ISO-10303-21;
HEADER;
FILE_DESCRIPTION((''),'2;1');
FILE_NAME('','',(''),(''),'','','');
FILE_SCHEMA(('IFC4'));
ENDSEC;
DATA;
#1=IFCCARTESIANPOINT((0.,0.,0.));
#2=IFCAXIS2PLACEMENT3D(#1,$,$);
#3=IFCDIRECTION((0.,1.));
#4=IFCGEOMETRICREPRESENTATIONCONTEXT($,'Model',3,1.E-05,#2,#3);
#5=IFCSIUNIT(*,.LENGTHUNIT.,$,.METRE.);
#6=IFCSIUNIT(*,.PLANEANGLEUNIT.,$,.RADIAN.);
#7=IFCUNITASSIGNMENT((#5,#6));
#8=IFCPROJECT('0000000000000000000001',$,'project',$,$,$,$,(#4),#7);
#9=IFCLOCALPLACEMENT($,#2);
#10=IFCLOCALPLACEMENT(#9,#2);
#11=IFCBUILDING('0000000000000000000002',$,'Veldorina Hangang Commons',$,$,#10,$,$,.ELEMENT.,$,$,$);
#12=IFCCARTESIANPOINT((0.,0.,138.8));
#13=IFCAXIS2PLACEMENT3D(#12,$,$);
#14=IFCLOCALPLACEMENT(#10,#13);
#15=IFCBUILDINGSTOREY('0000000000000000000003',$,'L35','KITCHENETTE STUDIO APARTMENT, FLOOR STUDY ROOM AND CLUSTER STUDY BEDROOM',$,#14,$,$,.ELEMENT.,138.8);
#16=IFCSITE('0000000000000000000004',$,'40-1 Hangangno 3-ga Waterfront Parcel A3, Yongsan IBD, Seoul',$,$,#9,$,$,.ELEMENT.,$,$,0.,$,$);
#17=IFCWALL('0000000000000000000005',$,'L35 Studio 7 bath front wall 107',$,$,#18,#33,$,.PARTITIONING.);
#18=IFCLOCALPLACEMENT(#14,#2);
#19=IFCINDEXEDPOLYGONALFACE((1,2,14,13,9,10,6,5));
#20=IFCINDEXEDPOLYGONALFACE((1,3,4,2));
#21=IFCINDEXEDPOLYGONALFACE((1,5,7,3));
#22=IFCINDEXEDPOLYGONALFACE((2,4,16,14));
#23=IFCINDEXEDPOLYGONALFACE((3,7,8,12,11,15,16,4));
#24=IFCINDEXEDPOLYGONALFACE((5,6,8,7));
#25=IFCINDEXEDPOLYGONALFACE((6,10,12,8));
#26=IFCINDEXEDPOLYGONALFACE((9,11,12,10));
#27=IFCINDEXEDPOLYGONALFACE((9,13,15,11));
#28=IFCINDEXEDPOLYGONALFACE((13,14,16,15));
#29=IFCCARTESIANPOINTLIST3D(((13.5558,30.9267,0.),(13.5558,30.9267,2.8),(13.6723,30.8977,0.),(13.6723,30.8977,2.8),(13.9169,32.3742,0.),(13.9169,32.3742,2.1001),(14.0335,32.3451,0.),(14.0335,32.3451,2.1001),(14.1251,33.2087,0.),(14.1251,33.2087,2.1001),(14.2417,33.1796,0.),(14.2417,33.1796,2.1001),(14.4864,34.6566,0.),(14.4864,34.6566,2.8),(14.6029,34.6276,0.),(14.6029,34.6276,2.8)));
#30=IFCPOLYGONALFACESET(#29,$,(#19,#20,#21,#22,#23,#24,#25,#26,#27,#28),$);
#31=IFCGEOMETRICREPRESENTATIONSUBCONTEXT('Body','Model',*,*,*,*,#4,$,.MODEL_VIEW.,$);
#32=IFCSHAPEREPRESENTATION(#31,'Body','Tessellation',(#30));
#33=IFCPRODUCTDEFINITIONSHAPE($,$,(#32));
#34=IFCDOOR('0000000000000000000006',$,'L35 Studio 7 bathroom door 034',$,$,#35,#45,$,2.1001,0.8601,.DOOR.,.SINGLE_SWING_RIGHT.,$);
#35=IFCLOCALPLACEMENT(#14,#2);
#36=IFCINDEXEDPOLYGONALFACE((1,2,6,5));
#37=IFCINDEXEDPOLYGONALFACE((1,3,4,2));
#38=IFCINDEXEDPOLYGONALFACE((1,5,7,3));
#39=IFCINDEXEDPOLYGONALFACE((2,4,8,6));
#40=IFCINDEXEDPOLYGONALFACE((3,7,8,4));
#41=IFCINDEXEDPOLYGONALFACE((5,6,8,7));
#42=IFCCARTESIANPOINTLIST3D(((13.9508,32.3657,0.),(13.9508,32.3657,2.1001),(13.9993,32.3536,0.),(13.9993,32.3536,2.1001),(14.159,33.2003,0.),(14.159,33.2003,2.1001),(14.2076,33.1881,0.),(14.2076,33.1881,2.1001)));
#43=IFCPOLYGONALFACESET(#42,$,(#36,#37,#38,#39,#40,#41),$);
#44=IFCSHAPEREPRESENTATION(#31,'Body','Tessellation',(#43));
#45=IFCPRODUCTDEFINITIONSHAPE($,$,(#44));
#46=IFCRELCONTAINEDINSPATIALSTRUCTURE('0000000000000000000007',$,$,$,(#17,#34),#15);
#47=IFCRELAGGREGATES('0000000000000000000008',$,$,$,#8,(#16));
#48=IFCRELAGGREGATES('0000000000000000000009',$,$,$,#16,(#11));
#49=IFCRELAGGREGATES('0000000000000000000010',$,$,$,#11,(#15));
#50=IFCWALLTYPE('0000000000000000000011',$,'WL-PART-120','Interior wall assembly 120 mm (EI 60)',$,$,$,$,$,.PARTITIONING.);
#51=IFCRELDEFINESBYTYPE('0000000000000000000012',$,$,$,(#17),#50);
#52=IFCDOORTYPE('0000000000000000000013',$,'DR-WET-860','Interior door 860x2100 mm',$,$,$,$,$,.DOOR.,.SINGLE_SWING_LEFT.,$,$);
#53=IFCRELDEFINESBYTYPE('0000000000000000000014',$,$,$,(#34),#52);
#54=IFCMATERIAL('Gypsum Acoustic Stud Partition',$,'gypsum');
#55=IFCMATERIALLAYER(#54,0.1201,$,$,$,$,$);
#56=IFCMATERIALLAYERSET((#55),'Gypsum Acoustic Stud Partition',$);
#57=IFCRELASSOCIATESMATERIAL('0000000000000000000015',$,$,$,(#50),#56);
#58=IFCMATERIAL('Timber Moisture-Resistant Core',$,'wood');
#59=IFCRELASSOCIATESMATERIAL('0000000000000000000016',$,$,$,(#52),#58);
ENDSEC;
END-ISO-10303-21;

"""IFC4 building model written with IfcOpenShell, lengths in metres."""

from ifc_helpers import new_model, si_unit, direction, frame, frame_2d, origin, place, context, subcontext, project, spatial, rectangle, extrude, material, layer, layer_set, type_object, element, fill, save


model = new_model("IFC4")

# Units and contexts
model_context = context("Model", 3, precision=1e-05, world=origin(), true_north=direction((0.0, 1.0)))
body_context = subcontext(model_context, "Body", "Model", "MODEL_VIEW")
ifc_project = project(units=[si_unit("LENGTHUNIT", "METRE"), si_unit("PLANEANGLEUNIT", "RADIAN")], contexts=[model_context])

# Site, building, storey
site_placement = place(None, origin())
site = spatial("IfcSite", under=ifc_project, at=site_placement, Name="40-1 Hangangno 3-ga Waterfront Parcel A3, Yongsan IBD, Seoul", CompositionType="ELEMENT", RefElevation=0.0)
building_placement = place(site_placement, origin())
building = spatial("IfcBuilding", under=site, at=building_placement, Name="Veldorina Hangang Commons", CompositionType="ELEMENT")
storey_placement = place(building_placement, frame((0.0, 0.0, 138.8)))
storey = spatial("IfcBuildingStorey", under=building, at=storey_placement, Name="L35", Description="KITCHENETTE STUDIO APARTMENT, FLOOR STUDY ROOM AND CLUSTER STUDY BEDROOM", CompositionType="ELEMENT", Elevation=138.8)

# Wall, opening, door
ifc_material_1 = material(Name="Gypsum Acoustic Stud Partition", Category="gypsum")
ifc_layer_1 = layer(ifc_material_1, 0.1201)
ifc_layer_set_1 = layer_set([ifc_layer_1], Name="Gypsum Acoustic Stud Partition")
wall_type_1 = type_object("IfcWallType", Name="WL-PART-120", Description="Interior wall assembly 120 mm (EI 60)", PredefinedType="PARTITIONING", material=ifc_layer_set_1)
wall_1_placement = place(storey_placement, frame((14.5447, 34.6421, 0.0), z_axis=(0.0, 0.0, 1.0), x_axis=(-0.242087, -0.970254, 0.0)))
wall_1 = element("IfcWall", 1, at=wall_1_placement, inside=storey, type_object=wall_type_1, Name="L35 Studio 7 bath front wall 107", PredefinedType="PARTITIONING", context=body_context, shape_type="SweptSolid", body=[
    extrude(rectangle(XDim=3.8442, YDim=0.1201, at=frame_2d((1.9221, 0.0))), origin(), (0.0, 0.0, 1.0), 2.8),
])
opening_1_placement = place(wall_1_placement, frame((1.4922, 0.0, 0.0)))
opening_1 = element("IfcOpeningElement", 2, at=opening_1_placement, cuts=wall_1, PredefinedType="OPENING", context=body_context, shape_type="SweptSolid", body=[
    extrude(rectangle(XDim=0.8601, YDim=2.1001, at=frame_2d((0.4302, 1.05))), frame((0.0, 0.0701, 0.0), z_axis=(0.0, -1.0, 0.0), x_axis=(1.0, 0.0, 0.0)), (0.0, 0.0, 1.0), 0.1401),
])
ifc_material_2 = material(Name="Timber Moisture-Resistant Core", Category="wood")
door_type = type_object("IfcDoorType", Name="DR-WET-860", Description="Interior door 860x2100 mm", OperationType="SINGLE_SWING_LEFT", PredefinedType="DOOR", material=ifc_material_2)
door_placement = place(opening_1_placement, origin())
door = element("IfcDoor", 3, at=door_placement, inside=storey, type_object=door_type, Name="L35 Studio 7 bathroom door 034", OperationType="SINGLE_SWING_RIGHT", OverallHeight=2.1001, OverallWidth=0.8601, PredefinedType="DOOR", context=body_context, shape_type="SweptSolid", body=[
    extrude(rectangle(XDim=0.8601, YDim=2.1001, at=frame_2d((0.4302, 1.05))), frame((0.0, 0.0249, 0.0), z_axis=(0.0, -1.0, 0.0), x_axis=(1.0, 0.0, 0.0)), (0.0, 0.0, 1.0), 0.05),
])
fill(opening_1, door)

save(model, "model.ifc")
